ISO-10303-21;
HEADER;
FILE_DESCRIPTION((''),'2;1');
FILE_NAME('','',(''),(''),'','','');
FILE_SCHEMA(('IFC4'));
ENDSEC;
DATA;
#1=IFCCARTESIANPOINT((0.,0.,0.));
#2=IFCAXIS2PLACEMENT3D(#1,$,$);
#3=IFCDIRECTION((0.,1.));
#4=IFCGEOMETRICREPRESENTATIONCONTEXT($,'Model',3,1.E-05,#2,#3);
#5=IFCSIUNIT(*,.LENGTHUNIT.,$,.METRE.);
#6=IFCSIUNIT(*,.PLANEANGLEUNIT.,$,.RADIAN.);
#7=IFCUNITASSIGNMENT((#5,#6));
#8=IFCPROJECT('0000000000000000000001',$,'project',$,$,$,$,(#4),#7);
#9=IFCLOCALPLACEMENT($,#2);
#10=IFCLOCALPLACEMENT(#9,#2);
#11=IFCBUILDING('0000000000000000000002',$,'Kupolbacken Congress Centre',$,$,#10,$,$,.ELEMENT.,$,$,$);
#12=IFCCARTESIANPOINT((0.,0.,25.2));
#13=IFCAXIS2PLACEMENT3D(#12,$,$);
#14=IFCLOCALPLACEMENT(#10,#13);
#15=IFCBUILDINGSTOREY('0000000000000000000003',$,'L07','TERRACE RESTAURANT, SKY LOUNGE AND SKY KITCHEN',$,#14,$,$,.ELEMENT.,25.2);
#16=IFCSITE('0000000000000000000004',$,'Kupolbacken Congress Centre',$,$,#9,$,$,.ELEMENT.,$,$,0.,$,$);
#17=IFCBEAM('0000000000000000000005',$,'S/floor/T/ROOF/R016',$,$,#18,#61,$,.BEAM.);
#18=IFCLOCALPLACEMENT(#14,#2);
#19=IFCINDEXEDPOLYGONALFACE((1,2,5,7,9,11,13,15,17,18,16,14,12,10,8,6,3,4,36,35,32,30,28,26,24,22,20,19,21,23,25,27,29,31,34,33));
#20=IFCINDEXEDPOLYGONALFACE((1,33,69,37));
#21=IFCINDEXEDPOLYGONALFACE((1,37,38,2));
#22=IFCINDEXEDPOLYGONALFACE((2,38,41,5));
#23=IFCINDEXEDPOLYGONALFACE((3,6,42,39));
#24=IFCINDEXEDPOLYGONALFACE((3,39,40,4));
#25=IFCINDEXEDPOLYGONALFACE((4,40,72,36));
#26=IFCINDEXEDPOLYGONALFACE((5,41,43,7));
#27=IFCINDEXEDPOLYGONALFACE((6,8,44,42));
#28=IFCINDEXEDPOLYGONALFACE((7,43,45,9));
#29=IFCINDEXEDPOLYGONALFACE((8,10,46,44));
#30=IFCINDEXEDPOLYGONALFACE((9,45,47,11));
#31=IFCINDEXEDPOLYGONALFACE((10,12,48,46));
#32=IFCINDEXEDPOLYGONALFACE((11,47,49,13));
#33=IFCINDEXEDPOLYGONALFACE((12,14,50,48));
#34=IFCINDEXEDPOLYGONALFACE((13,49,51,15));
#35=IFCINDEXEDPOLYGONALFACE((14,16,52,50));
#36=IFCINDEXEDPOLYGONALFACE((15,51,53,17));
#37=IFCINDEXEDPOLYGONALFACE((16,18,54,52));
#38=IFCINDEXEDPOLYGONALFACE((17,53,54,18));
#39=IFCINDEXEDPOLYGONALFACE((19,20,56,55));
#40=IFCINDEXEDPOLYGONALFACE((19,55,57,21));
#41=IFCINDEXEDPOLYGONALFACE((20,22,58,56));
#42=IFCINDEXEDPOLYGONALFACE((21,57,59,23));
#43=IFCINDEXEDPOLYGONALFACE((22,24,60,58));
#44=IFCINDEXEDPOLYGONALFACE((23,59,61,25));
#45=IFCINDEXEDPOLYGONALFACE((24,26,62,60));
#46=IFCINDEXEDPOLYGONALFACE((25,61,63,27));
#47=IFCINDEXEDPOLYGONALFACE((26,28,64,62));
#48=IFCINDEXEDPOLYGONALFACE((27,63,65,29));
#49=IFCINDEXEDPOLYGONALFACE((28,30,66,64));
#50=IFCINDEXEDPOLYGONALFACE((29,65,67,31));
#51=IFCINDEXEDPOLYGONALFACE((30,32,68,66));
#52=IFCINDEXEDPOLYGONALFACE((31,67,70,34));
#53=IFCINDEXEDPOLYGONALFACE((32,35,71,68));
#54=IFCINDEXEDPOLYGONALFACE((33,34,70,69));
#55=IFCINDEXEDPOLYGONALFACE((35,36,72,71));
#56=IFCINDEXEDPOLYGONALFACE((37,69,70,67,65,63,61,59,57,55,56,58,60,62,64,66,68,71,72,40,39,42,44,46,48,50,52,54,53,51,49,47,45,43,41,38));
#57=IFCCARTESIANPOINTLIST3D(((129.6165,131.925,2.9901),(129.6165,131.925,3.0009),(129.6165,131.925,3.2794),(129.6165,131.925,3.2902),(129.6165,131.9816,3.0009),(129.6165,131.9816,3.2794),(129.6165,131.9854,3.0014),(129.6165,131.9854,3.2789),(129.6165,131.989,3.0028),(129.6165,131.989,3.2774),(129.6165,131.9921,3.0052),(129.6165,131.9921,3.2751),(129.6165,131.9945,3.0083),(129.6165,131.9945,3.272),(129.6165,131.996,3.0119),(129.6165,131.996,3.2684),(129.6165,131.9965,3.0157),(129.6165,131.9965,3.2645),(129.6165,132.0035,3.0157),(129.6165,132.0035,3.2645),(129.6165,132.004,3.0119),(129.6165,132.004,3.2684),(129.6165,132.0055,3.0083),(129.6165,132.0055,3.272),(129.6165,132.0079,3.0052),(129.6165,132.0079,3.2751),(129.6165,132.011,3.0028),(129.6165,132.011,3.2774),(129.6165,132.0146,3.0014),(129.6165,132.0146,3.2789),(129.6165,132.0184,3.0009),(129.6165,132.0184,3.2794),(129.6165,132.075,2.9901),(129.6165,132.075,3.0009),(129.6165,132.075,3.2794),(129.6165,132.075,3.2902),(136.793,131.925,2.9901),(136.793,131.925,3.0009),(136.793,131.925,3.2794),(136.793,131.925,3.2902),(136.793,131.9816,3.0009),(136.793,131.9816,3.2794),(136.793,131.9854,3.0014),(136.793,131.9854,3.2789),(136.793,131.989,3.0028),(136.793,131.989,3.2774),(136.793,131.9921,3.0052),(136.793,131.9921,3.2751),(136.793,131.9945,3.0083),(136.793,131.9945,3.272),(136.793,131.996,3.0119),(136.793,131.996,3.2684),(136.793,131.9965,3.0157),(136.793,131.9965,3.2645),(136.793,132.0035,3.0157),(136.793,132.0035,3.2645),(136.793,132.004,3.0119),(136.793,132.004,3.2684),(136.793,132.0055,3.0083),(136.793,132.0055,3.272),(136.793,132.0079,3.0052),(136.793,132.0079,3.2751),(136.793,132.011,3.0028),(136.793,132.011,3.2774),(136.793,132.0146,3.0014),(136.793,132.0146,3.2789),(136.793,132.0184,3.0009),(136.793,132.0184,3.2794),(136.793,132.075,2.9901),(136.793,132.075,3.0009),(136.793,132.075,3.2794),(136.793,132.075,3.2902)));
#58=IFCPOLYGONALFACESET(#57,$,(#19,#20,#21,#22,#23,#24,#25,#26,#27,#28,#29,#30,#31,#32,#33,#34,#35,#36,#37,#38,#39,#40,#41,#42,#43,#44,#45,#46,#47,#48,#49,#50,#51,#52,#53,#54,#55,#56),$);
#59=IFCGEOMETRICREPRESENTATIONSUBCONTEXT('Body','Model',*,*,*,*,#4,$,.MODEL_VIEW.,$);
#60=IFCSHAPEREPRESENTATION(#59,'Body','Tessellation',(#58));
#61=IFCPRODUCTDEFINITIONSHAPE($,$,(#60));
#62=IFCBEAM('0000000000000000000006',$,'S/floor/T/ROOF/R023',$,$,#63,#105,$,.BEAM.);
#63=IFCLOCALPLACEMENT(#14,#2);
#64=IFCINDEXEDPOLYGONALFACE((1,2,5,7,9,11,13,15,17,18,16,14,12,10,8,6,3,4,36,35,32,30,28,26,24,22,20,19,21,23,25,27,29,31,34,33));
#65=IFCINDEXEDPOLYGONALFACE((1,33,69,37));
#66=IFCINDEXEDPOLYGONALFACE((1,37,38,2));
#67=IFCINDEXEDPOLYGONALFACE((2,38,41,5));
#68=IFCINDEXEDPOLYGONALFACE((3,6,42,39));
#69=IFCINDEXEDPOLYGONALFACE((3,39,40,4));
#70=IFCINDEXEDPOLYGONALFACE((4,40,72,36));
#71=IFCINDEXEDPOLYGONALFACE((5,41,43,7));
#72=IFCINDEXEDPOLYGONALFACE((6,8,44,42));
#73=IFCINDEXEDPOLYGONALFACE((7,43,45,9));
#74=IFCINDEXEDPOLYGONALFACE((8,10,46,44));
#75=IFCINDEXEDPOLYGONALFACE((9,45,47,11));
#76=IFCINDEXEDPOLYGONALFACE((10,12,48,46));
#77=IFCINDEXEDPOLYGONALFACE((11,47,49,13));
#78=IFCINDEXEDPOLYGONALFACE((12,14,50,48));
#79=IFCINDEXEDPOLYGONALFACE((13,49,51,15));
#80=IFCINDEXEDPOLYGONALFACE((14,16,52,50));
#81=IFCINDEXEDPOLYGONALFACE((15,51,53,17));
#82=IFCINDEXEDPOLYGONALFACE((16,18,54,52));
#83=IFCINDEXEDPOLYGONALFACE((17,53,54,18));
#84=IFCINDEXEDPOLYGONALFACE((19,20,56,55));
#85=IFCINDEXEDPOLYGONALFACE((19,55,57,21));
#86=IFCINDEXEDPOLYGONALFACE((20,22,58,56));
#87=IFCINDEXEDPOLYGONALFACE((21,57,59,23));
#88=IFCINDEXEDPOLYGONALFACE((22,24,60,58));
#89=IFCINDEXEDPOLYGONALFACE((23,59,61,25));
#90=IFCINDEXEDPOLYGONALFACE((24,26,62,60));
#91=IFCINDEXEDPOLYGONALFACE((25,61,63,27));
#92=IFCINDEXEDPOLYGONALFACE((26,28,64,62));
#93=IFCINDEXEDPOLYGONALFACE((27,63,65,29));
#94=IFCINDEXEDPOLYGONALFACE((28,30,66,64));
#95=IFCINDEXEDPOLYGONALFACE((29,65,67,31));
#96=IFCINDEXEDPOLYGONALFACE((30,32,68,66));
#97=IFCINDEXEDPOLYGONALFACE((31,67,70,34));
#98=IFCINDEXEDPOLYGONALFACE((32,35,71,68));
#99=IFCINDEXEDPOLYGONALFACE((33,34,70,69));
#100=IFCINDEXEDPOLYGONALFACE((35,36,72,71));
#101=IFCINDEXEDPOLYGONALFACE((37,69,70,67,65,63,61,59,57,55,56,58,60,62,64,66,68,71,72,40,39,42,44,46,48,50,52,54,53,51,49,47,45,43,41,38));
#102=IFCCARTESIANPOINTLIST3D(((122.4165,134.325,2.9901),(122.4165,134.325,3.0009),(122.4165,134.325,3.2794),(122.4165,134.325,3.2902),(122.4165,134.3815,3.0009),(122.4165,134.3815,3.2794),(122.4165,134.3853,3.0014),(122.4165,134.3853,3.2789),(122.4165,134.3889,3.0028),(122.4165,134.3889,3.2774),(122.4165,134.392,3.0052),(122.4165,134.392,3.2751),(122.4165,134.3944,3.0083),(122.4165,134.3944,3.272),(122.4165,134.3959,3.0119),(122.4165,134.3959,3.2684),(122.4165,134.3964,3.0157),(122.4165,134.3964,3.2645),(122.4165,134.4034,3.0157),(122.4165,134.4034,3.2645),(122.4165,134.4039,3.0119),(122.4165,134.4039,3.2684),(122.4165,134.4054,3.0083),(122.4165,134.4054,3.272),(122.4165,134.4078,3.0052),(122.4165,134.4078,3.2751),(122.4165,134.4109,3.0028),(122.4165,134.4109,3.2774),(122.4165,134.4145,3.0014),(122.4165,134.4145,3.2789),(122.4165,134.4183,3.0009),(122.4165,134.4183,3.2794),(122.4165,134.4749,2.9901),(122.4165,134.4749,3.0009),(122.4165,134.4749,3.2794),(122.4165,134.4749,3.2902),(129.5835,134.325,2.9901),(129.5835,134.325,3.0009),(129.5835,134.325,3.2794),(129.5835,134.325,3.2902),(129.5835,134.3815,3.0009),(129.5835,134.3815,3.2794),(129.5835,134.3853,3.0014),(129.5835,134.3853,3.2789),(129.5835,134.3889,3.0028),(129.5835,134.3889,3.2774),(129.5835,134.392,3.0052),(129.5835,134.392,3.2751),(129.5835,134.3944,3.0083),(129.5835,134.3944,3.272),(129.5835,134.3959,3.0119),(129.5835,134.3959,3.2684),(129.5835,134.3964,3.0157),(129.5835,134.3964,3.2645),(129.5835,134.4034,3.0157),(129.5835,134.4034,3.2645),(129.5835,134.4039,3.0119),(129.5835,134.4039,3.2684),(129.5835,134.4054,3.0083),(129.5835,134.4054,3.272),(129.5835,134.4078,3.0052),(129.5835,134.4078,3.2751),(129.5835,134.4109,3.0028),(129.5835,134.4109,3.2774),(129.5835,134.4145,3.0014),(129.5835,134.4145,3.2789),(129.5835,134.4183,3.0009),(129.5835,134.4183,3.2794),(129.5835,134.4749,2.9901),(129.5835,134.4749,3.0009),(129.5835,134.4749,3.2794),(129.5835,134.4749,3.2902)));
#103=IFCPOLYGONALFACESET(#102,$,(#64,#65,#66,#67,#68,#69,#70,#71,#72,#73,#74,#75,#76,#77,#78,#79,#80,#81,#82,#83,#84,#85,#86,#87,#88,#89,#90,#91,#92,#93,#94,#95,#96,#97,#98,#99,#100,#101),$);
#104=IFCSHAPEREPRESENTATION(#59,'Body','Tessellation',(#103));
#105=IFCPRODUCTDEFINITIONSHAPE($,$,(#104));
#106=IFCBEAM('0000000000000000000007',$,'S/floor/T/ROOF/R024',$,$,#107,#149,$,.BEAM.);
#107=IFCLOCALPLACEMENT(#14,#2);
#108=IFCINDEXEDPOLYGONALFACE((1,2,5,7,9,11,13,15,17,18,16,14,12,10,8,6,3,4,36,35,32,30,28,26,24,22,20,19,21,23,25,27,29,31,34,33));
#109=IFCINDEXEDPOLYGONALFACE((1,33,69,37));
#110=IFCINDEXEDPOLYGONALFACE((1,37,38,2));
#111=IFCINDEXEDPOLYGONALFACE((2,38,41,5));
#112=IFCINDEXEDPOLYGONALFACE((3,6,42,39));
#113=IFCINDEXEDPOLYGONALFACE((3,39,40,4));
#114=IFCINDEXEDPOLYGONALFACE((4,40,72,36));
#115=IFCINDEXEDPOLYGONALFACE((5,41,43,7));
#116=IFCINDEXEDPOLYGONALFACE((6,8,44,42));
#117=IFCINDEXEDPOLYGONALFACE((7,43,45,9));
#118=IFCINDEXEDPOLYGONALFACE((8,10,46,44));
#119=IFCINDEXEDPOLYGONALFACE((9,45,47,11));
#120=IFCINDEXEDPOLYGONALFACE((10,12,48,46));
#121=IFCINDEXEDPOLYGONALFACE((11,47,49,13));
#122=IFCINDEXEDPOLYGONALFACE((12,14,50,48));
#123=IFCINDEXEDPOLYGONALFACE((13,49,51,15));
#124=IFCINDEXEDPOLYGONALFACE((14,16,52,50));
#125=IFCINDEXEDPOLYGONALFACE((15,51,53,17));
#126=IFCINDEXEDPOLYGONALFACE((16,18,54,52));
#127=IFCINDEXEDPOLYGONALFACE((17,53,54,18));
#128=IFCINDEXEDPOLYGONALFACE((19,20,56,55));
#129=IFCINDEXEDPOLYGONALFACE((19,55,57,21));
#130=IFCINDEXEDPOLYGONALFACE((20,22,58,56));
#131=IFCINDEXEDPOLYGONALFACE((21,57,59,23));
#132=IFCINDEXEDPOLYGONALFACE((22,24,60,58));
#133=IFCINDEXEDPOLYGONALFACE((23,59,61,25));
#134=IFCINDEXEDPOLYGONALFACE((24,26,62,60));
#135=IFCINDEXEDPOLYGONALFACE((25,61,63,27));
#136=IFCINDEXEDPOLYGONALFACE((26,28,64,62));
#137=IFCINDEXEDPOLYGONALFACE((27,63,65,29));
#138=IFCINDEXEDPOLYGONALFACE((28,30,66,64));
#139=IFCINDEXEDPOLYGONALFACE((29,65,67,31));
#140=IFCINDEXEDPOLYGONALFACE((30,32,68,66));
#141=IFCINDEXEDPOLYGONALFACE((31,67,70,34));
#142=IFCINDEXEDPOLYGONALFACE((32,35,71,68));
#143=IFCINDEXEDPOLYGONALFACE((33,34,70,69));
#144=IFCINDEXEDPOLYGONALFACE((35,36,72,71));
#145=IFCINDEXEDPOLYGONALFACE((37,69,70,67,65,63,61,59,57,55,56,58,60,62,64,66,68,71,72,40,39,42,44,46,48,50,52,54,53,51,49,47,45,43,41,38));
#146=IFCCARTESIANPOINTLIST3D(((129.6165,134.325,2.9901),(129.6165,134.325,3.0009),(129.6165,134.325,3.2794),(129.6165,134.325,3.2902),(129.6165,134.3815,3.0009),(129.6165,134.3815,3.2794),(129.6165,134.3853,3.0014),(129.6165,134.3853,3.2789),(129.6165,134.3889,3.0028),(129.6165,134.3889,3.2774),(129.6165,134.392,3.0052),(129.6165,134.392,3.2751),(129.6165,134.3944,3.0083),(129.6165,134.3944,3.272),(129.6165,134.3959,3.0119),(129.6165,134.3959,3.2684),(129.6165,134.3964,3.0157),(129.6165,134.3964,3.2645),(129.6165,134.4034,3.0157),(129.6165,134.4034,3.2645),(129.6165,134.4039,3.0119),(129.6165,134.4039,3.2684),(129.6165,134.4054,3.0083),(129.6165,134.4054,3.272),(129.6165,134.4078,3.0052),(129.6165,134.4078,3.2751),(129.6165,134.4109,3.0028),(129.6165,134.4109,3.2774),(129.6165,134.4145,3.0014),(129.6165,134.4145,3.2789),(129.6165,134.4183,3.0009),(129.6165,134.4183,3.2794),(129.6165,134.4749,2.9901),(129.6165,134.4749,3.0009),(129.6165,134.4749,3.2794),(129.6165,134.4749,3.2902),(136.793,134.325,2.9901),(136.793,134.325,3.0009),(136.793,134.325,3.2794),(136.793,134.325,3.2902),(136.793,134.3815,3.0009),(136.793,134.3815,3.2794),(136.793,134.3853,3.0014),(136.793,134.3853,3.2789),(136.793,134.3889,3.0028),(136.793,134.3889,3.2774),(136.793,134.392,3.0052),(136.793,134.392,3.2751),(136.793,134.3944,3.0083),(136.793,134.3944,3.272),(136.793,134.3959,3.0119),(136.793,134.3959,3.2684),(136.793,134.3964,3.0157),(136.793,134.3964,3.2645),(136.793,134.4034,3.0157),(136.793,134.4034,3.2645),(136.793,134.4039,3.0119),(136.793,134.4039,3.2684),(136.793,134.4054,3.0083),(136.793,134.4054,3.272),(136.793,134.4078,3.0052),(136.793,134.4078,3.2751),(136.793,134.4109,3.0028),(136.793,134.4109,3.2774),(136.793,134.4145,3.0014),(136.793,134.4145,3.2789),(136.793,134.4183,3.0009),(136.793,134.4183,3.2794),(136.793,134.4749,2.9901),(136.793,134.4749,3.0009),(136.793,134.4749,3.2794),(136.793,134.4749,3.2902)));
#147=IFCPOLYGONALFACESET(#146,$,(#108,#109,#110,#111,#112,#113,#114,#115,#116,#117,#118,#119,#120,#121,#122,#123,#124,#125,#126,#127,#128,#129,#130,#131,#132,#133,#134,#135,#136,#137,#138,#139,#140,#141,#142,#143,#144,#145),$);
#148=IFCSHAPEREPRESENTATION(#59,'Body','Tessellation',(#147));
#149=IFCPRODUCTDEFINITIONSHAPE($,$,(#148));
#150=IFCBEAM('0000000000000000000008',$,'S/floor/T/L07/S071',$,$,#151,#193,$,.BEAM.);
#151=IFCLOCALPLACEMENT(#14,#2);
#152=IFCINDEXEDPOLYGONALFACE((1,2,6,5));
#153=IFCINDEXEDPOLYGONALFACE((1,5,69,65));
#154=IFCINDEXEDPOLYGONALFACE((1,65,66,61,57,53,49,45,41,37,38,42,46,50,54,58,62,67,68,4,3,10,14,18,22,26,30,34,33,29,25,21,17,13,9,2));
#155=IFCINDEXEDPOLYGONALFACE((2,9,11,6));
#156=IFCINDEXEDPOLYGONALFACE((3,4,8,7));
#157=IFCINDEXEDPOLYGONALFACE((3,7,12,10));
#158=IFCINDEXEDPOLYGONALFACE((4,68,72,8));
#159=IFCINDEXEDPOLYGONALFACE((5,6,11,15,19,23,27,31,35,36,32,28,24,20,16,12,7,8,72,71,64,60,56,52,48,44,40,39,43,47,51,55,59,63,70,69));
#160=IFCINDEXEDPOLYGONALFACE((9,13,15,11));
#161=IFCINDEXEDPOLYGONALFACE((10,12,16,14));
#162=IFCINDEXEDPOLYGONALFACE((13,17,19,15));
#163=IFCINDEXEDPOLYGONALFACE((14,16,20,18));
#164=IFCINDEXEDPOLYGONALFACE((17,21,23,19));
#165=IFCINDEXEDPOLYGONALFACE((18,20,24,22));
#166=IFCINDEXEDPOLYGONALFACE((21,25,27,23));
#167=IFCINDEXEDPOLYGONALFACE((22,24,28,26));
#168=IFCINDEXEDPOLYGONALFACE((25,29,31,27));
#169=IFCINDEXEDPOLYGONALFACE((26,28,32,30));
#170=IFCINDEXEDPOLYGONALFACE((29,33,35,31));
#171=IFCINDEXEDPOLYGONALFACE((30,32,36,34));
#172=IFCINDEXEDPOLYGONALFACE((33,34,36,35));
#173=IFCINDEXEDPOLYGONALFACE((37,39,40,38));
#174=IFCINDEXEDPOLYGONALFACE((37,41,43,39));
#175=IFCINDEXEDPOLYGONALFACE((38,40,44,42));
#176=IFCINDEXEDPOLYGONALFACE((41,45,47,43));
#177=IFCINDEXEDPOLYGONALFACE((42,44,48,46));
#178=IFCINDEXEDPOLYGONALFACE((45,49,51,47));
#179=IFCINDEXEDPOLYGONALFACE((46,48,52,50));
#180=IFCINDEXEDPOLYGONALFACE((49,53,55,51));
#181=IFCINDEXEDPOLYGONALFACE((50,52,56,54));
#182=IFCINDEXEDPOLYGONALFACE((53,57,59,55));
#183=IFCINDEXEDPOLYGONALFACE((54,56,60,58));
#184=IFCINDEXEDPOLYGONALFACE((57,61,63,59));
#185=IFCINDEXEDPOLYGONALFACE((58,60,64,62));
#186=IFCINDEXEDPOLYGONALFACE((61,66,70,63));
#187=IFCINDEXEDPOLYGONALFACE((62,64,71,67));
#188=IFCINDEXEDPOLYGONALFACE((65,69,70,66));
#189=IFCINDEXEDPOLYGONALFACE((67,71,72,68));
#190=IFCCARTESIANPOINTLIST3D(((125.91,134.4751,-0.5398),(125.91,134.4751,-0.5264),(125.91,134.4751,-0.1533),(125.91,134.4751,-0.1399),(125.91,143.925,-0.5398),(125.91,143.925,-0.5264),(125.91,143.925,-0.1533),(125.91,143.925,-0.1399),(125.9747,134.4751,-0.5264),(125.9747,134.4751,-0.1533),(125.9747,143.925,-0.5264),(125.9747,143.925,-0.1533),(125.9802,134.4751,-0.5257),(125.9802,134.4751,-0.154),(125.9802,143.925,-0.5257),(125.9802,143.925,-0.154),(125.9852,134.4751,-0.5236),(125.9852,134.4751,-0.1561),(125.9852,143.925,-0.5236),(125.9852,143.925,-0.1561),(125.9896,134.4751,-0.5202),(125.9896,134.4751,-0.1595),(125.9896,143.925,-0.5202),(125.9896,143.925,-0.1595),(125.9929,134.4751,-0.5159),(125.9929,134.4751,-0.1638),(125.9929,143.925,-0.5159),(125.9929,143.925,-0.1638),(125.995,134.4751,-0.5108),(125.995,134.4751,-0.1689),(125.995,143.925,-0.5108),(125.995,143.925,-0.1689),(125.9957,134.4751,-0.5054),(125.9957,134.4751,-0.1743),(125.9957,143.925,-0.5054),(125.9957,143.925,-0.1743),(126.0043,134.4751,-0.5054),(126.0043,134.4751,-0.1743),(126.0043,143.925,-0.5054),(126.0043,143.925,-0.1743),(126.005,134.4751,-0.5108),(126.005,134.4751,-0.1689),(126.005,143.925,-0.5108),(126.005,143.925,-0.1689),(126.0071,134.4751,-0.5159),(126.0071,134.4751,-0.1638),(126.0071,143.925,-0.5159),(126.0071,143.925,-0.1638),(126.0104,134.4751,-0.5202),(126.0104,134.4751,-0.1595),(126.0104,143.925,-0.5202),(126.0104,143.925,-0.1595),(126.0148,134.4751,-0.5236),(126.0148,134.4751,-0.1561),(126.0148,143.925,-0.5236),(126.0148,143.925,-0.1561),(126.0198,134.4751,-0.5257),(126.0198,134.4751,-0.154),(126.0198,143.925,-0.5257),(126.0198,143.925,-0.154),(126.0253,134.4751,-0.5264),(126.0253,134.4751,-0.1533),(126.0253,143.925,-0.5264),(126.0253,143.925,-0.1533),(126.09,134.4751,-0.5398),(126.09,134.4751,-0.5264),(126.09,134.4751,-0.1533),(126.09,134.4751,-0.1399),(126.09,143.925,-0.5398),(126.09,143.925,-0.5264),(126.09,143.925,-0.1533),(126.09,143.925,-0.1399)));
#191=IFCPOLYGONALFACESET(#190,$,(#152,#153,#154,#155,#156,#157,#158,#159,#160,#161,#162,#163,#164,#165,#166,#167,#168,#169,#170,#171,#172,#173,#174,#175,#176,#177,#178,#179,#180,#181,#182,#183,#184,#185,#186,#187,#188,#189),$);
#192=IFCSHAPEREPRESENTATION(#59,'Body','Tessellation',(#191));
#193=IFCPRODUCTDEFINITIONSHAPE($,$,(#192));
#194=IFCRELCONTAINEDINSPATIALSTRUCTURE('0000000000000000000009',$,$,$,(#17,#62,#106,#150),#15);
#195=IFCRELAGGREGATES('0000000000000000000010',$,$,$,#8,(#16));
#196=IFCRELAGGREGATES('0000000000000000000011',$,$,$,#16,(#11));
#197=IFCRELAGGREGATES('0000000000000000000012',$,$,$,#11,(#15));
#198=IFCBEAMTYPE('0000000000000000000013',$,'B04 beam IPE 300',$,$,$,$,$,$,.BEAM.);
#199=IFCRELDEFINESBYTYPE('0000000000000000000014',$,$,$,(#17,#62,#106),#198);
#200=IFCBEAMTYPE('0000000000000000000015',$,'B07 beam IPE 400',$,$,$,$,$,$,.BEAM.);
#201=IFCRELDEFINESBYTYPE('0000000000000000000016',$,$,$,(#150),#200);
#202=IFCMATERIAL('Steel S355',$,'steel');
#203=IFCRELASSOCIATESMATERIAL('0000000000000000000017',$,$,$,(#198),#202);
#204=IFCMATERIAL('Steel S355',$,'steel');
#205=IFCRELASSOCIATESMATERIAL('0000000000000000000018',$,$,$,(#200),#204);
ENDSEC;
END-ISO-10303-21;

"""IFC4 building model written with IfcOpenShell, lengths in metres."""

from ifc_helpers import new_model, si_unit, direction, frame, origin, origin_2d, place, context, subcontext, project, spatial, i_section, extrude, material, material_profile, profile_set, type_object, element, save


model = new_model("IFC4")

# Units and contexts
model_context = context("Model", 3, precision=1e-05, world=origin(), true_north=direction((0.0, 1.0)))
body_context = subcontext(model_context, "Body", "Model", "MODEL_VIEW")
ifc_project = project(units=[si_unit("LENGTHUNIT", "METRE"), si_unit("PLANEANGLEUNIT", "RADIAN")], contexts=[model_context])

# Site, building, storey
site_placement = place(None, origin())
site = spatial("IfcSite", under=ifc_project, at=site_placement, Name="Kupolbacken Congress Centre", CompositionType="ELEMENT", RefElevation=0.0)
building_placement = place(site_placement, origin())
building = spatial("IfcBuilding", under=site, at=building_placement, Name="Kupolbacken Congress Centre", CompositionType="ELEMENT")
storey_placement = place(building_placement, frame((0.0, 0.0, 25.2)))
storey = spatial("IfcBuildingStorey", under=building, at=storey_placement, Name="L07", Description="TERRACE RESTAURANT, SKY LOUNGE AND SKY KITCHEN", CompositionType="ELEMENT", Elevation=25.2)

# Beams
ifc_material_1 = material(Name="Steel S355", Category="steel")
ifc_material_profile_1 = material_profile(ifc_material_1, i_section(OverallWidth=0.1499, OverallDepth=0.3, WebThickness=0.0071, FlangeThickness=0.0107, FilletRadius=0.0149, at=origin_2d()), Name="IPE 300")
ifc_profile_set_1 = profile_set([ifc_material_profile_1], Name="Steel S355")
beam_type_1 = type_object("IfcBeamType", Name="B04 beam IPE 300", PredefinedType="BEAM", material=ifc_profile_set_1)
beam_1_placement = place(storey_placement, frame((129.6165, 132.0, 3.1401), z_axis=(1.0, 0.0, 0.0), x_axis=(0.0, 1.0, 0.0)))
element("IfcBeam", 1, at=beam_1_placement, inside=storey, type_object=beam_type_1, Name="S/floor/T/ROOF/R016", PredefinedType="BEAM", context=body_context, shape_type="SweptSolid", body=[
    extrude(i_section(OverallWidth=0.1499, OverallDepth=0.3, WebThickness=0.0071, FlangeThickness=0.0107, FilletRadius=0.0149, at=origin_2d()), origin(), (0.0, 0.0, 1.0), 7.1765),
])
beam_2_placement = place(storey_placement, frame((122.4165, 134.3999, 3.1401), z_axis=(1.0, 0.0, 0.0), x_axis=(0.0, 1.0, 0.0)))
element("IfcBeam", 2, at=beam_2_placement, inside=storey, type_object=beam_type_1, Name="S/floor/T/ROOF/R023", PredefinedType="BEAM", context=body_context, shape_type="SweptSolid", body=[
    extrude(i_section(OverallWidth=0.1499, OverallDepth=0.3, WebThickness=0.0071, FlangeThickness=0.0107, FilletRadius=0.0149, at=origin_2d()), origin(), (0.0, 0.0, 1.0), 7.167),
])
beam_3_placement = place(storey_placement, frame((129.6165, 134.3999, 3.1401), z_axis=(1.0, 0.0, 0.0), x_axis=(0.0, 1.0, 0.0)))
element("IfcBeam", 3, at=beam_3_placement, inside=storey, type_object=beam_type_1, Name="S/floor/T/ROOF/R024", PredefinedType="BEAM", context=body_context, shape_type="SweptSolid", body=[
    extrude(i_section(OverallWidth=0.1499, OverallDepth=0.3, WebThickness=0.0071, FlangeThickness=0.0107, FilletRadius=0.0149, at=origin_2d()), origin(), (0.0, 0.0, 1.0), 7.1765),
])
ifc_material_2 = material(Name="Steel S355", Category="steel")
ifc_material_profile_2 = material_profile(ifc_material_2, i_section(OverallWidth=0.1799, OverallDepth=0.3999, WebThickness=0.0085, FlangeThickness=0.0134, FilletRadius=0.021, at=origin_2d()), Name="IPE 400")
ifc_profile_set_2 = profile_set([ifc_material_profile_2], Name="Steel S355")
beam_type_2 = type_object("IfcBeamType", Name="B07 beam IPE 400", PredefinedType="BEAM", material=ifc_profile_set_2)
beam_4_placement = place(storey_placement, frame((126.0, 134.4751, -0.3398), z_axis=(0.0, 1.0, 0.0), x_axis=(-1.0, 0.0, 0.0)))
element("IfcBeam", 4, at=beam_4_placement, inside=storey, type_object=beam_type_2, Name="S/floor/T/L07/S071", PredefinedType="BEAM", context=body_context, shape_type="SweptSolid", body=[
    extrude(i_section(OverallWidth=0.1799, OverallDepth=0.3999, WebThickness=0.0085, FlangeThickness=0.0134, FilletRadius=0.021, at=origin_2d()), origin(), (0.0, 0.0, 1.0), 9.45),
])

save(model, "model.ifc")
